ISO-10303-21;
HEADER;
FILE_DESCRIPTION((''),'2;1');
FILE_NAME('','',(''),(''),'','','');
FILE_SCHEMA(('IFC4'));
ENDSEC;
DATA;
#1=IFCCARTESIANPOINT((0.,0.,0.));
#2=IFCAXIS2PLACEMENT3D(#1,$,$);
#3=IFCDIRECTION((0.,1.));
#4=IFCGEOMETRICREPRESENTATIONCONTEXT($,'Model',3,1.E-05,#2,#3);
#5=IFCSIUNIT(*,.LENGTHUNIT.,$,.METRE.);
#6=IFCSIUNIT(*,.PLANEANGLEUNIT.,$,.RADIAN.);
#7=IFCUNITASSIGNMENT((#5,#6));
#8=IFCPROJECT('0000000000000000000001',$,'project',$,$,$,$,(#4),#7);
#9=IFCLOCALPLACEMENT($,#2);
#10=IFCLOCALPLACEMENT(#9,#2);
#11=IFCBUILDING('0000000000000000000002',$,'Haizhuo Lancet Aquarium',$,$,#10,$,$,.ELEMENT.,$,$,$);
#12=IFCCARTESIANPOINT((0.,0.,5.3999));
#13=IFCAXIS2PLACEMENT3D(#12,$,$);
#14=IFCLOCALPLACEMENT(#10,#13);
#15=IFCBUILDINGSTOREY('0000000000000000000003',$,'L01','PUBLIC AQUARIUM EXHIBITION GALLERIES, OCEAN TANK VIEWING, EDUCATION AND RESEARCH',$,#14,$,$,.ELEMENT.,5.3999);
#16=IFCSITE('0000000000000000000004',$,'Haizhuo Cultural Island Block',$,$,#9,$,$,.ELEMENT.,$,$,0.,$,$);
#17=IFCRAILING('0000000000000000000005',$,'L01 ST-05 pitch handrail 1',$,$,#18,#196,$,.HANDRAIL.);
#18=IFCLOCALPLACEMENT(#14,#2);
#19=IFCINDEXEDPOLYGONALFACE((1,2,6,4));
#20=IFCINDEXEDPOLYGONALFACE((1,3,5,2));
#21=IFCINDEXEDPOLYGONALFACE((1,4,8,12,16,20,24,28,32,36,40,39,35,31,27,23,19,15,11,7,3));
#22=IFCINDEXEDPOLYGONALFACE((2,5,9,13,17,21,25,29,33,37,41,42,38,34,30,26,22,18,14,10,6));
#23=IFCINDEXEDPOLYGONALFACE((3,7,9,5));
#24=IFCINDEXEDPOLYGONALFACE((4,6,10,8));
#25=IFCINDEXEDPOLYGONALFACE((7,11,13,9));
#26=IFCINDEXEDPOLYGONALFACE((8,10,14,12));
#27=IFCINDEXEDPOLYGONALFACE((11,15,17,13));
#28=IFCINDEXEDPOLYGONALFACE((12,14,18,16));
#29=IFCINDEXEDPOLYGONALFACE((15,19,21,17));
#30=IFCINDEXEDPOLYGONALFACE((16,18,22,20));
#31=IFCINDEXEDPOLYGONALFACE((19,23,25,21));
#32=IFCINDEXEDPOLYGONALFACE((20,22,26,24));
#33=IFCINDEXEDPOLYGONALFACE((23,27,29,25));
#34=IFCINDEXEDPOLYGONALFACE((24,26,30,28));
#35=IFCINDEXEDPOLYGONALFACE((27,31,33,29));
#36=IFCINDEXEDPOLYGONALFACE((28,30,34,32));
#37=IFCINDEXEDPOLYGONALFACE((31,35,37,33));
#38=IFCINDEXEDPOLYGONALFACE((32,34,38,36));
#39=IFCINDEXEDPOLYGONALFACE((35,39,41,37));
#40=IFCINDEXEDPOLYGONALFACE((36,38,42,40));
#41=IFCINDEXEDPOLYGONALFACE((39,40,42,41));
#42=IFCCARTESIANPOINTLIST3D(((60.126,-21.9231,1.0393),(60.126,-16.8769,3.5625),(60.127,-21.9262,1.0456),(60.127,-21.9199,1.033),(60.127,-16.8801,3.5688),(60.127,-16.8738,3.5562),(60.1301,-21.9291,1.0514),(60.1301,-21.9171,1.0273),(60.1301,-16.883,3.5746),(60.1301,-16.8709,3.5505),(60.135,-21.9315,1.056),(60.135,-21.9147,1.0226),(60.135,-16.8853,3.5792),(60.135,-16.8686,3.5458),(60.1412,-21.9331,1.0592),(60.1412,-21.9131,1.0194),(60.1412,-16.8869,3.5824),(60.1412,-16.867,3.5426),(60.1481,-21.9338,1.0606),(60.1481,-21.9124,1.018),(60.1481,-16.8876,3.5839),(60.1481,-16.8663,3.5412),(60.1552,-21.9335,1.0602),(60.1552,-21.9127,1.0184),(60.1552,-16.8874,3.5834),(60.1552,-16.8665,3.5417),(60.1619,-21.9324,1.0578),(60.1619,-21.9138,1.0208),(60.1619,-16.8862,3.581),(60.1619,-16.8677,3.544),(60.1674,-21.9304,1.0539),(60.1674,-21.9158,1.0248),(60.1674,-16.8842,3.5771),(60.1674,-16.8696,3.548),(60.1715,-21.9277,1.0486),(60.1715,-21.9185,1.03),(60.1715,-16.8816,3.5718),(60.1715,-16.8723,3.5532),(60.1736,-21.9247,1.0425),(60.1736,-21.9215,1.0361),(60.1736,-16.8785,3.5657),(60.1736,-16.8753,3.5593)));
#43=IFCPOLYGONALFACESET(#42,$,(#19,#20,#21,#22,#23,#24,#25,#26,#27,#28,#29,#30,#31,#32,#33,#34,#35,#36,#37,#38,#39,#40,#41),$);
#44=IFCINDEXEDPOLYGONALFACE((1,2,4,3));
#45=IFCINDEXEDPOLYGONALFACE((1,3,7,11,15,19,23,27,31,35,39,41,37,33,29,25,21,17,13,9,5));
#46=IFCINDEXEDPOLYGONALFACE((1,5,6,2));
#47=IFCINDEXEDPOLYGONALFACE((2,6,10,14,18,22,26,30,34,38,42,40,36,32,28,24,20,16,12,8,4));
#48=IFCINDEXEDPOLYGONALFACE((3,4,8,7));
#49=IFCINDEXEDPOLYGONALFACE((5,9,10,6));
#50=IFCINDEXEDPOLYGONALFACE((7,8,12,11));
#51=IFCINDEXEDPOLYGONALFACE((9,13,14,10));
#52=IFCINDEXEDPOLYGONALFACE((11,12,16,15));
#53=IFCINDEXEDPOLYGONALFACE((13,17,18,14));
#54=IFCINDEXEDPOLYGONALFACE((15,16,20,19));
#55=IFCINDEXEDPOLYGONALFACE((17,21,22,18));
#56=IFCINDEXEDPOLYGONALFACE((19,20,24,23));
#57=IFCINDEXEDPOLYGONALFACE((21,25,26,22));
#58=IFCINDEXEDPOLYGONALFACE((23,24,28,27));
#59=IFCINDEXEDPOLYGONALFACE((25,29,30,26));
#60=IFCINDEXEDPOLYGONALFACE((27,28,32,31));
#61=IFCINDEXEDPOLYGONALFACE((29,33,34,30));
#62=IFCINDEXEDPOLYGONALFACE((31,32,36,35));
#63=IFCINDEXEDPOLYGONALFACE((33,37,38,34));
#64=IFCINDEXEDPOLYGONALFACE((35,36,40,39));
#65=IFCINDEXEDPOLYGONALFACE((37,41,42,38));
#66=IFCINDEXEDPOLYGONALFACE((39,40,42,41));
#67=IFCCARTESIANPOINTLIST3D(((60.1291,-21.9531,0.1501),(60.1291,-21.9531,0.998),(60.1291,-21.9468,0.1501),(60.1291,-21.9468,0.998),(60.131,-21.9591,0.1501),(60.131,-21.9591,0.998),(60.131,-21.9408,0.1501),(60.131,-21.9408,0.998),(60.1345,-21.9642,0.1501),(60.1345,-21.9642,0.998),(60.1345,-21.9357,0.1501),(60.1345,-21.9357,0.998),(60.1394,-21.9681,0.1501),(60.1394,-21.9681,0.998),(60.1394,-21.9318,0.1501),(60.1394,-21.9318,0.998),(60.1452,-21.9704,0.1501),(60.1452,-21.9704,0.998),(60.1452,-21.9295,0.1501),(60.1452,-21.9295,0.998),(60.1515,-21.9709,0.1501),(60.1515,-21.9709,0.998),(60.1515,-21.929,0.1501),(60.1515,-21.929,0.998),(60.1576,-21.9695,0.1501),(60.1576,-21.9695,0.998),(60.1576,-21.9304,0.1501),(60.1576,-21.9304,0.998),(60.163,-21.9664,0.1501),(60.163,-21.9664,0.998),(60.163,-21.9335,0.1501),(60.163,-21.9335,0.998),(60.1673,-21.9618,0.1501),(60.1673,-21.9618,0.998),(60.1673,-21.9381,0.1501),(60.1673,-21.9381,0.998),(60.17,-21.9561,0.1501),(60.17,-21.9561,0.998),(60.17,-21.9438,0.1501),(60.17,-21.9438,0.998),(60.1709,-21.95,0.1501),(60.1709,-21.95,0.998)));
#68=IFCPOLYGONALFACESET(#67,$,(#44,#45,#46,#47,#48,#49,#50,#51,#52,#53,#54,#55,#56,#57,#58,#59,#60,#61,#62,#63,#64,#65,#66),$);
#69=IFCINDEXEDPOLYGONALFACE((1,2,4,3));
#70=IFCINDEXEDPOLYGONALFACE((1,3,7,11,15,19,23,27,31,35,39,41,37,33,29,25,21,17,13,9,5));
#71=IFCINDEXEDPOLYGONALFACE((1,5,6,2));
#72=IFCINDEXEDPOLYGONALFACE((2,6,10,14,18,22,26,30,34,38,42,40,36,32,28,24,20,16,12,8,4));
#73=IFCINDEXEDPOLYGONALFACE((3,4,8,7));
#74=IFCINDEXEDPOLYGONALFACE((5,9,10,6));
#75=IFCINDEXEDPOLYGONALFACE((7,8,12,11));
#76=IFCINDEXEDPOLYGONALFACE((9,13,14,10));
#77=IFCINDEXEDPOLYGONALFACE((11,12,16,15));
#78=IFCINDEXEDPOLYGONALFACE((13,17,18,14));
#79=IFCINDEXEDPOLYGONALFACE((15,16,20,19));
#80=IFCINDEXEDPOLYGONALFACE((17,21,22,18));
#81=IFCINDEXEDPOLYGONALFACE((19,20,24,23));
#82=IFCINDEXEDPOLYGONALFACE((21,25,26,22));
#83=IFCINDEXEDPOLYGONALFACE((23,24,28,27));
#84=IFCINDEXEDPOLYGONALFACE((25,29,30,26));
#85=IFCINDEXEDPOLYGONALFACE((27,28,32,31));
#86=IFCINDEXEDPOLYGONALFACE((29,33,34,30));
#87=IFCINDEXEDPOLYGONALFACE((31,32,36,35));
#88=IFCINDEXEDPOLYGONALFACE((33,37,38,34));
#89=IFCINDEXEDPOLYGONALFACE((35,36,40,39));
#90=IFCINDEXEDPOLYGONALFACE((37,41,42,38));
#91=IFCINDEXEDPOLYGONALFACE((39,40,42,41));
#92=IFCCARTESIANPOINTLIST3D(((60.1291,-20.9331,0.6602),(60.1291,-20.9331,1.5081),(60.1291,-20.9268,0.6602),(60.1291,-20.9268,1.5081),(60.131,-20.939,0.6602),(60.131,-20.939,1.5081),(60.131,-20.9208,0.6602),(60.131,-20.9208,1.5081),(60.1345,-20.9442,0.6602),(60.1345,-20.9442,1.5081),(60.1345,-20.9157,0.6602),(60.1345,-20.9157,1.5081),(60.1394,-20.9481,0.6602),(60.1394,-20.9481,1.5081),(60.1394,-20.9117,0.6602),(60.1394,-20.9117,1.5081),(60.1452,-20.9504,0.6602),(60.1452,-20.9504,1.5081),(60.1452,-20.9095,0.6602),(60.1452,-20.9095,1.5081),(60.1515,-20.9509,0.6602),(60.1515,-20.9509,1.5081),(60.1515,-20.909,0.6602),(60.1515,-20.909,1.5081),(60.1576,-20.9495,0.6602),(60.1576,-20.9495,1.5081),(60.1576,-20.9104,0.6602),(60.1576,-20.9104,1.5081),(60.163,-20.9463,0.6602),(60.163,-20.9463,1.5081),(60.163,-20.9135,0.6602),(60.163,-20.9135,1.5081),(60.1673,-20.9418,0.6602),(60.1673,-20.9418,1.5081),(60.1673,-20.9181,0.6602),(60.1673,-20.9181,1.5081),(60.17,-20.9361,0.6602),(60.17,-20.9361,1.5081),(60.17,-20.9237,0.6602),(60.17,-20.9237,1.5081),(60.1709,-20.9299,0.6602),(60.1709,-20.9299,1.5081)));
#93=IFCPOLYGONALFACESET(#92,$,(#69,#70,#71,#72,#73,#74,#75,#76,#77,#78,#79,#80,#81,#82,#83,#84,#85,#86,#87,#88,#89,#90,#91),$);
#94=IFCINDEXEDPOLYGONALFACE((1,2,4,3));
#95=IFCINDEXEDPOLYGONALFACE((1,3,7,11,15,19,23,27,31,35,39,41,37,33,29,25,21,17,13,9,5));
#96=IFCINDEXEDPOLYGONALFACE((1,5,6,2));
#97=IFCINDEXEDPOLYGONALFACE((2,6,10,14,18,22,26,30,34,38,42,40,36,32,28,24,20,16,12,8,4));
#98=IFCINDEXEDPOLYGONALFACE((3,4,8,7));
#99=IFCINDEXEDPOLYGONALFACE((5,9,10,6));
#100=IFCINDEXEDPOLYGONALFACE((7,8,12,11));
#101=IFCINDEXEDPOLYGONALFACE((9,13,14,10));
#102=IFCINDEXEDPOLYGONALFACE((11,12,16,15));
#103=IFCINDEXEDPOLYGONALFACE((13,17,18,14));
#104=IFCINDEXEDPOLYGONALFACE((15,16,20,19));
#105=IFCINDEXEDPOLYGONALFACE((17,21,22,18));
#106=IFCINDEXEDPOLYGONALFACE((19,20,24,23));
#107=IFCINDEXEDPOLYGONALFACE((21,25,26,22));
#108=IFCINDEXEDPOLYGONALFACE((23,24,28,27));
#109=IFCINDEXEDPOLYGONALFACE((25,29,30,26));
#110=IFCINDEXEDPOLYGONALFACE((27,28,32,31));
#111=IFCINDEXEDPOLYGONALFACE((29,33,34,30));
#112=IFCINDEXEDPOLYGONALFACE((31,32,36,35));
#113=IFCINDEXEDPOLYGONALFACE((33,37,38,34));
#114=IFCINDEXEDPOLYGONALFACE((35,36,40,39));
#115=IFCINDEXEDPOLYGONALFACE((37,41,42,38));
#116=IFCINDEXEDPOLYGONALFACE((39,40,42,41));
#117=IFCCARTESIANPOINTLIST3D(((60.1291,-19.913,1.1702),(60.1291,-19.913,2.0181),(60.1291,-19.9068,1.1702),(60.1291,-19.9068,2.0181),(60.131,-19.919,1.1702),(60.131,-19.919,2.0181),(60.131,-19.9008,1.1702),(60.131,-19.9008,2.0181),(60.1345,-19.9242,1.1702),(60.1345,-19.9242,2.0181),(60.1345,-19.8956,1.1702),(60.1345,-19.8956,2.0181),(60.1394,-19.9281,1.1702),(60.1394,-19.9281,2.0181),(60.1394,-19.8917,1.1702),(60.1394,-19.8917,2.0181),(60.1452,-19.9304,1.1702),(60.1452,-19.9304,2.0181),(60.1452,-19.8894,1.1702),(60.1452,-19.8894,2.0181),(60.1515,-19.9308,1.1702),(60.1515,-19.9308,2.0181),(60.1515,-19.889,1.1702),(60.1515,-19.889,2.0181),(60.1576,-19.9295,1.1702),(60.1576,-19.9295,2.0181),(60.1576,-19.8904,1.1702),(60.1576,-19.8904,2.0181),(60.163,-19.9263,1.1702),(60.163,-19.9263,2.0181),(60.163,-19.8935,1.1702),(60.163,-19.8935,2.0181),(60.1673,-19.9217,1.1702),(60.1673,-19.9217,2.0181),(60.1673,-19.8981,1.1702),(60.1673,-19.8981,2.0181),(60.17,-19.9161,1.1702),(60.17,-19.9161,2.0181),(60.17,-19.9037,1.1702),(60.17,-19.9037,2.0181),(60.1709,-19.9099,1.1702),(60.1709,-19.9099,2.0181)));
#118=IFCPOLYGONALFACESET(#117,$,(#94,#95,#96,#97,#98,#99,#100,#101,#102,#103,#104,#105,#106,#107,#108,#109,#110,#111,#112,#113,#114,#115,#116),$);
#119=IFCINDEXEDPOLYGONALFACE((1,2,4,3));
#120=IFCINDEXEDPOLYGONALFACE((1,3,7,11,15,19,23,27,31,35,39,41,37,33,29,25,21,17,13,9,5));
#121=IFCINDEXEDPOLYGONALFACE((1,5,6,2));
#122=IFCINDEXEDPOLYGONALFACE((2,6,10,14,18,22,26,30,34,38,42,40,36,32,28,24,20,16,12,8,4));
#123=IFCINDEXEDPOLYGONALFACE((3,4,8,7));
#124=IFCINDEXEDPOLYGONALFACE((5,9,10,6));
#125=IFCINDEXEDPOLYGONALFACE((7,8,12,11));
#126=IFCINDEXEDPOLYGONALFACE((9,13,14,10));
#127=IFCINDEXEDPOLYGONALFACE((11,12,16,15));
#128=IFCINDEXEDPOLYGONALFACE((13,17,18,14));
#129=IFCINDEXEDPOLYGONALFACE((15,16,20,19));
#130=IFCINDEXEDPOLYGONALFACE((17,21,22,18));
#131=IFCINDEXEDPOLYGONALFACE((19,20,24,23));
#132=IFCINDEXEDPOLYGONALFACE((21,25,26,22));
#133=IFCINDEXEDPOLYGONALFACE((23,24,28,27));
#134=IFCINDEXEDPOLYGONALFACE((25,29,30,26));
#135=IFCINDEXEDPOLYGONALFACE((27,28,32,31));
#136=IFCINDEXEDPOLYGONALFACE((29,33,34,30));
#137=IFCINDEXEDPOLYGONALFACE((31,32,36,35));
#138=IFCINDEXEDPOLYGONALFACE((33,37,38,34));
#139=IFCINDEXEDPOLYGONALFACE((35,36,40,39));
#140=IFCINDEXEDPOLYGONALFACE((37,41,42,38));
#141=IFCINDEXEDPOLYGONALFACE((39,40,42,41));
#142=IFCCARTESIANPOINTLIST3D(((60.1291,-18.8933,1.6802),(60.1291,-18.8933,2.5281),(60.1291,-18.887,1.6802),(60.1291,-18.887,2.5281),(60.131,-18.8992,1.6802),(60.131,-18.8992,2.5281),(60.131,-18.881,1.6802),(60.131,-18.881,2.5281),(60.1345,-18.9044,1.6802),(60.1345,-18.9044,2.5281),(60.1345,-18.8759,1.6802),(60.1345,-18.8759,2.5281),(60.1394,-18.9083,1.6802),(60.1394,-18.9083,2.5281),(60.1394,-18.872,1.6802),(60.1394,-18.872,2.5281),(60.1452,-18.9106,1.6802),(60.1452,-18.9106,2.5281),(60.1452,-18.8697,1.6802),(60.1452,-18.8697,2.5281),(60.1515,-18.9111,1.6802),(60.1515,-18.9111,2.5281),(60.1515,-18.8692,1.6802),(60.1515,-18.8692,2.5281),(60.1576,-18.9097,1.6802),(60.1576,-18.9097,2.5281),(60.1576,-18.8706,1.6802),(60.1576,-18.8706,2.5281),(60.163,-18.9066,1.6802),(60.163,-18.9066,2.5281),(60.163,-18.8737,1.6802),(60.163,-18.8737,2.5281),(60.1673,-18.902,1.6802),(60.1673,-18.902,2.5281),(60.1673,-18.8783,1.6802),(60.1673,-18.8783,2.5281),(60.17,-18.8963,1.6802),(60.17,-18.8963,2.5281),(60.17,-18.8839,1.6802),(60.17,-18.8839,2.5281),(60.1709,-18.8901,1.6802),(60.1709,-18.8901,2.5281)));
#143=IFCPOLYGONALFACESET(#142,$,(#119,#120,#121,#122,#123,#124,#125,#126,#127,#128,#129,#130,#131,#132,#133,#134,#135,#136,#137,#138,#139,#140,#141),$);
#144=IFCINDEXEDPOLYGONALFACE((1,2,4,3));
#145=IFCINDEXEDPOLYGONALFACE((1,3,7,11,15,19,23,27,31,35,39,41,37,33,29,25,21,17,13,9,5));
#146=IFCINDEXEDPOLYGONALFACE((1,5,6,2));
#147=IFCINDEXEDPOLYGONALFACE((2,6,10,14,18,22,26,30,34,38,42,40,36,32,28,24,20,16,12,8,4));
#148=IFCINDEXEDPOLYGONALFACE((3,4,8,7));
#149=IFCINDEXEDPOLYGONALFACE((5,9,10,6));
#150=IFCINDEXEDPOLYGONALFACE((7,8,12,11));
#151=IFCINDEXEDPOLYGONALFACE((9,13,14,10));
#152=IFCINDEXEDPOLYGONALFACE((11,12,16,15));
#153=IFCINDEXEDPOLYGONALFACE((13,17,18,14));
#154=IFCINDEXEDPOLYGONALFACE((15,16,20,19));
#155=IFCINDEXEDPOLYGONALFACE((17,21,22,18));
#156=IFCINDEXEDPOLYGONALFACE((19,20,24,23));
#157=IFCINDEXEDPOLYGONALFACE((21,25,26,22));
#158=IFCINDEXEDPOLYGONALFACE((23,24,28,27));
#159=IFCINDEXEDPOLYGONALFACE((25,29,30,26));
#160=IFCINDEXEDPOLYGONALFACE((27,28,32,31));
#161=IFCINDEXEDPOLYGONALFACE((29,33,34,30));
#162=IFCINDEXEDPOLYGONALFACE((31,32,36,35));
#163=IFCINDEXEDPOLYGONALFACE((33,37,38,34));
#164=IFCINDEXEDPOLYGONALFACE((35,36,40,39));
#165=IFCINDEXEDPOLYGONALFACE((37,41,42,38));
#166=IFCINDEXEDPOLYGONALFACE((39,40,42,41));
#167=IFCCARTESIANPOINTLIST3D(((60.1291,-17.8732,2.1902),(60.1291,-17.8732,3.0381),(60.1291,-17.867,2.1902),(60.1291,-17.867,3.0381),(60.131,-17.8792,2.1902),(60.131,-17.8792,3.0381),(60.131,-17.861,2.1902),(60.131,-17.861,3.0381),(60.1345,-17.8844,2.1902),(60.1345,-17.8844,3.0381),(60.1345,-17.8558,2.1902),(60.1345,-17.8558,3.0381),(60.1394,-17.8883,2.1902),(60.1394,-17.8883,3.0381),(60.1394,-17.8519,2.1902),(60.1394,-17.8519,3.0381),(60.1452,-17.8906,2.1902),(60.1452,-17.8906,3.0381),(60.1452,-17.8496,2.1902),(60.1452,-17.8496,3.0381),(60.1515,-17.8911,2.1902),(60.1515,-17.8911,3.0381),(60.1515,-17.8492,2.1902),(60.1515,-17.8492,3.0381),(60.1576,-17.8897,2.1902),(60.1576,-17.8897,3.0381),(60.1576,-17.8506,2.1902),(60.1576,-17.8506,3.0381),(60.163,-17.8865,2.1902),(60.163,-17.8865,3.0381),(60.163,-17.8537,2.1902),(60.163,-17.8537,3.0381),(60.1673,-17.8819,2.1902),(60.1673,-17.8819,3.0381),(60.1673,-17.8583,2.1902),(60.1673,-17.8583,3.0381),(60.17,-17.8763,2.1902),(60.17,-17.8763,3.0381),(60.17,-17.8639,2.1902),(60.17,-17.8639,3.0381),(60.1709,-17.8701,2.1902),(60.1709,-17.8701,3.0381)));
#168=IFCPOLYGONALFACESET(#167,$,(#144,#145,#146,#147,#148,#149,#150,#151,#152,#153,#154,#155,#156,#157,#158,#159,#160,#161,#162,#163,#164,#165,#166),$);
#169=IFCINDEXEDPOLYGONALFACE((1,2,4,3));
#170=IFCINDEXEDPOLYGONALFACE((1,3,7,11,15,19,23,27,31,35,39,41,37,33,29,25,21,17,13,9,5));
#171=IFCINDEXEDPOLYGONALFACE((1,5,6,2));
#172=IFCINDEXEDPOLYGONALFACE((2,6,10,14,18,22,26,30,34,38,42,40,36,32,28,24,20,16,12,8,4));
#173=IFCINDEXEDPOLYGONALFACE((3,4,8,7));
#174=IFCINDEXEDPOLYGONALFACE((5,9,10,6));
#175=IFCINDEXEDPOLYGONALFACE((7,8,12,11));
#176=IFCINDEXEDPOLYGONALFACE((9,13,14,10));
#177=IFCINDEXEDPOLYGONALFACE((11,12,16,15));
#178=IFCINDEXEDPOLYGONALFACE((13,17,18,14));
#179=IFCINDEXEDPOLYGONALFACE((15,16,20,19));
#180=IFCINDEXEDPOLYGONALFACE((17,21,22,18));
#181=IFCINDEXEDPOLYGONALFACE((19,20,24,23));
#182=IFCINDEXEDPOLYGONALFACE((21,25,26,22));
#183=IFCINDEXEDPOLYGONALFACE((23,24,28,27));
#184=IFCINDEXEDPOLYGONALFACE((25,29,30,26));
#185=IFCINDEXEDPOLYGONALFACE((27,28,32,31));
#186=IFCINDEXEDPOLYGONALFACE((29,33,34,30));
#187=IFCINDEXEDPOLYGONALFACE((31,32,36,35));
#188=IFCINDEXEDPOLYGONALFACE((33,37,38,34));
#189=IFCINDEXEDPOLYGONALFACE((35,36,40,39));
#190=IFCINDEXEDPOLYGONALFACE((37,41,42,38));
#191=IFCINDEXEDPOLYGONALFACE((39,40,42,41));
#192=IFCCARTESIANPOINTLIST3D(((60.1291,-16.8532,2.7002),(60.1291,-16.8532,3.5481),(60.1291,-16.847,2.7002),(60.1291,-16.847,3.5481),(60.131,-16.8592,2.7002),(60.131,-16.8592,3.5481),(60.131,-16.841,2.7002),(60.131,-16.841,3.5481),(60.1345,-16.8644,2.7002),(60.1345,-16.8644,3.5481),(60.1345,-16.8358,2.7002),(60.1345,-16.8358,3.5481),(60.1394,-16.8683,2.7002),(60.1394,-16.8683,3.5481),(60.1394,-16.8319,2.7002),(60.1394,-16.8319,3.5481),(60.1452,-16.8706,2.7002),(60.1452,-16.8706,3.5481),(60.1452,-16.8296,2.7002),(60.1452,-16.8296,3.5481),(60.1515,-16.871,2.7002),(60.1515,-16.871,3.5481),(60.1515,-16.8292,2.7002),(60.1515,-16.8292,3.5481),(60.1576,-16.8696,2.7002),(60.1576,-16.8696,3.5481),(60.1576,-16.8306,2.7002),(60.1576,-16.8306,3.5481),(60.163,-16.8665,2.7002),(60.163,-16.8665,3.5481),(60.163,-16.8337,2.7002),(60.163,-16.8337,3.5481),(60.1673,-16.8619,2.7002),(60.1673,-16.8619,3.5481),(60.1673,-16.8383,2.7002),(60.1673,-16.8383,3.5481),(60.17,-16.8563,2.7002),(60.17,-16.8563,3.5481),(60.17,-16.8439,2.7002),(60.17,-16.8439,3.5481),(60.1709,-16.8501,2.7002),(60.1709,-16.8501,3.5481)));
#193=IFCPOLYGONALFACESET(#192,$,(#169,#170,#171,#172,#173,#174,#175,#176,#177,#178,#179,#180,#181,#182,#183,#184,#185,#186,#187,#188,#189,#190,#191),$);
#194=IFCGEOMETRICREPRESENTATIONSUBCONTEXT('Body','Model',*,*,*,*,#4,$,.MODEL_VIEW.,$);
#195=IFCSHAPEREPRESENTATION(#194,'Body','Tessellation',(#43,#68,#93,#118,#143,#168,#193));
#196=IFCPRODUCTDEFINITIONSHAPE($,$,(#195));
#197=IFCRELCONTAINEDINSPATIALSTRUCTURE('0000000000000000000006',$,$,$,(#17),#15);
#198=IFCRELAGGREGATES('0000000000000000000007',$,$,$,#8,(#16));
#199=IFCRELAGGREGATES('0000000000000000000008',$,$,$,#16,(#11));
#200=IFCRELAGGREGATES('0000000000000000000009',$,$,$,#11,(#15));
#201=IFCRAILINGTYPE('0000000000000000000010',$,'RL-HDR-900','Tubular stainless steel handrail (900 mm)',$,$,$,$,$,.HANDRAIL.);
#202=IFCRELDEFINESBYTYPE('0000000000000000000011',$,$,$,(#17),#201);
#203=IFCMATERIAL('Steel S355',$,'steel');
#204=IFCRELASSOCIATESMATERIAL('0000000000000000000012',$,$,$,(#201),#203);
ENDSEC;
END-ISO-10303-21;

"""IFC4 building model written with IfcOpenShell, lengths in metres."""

from ifc_helpers import new_model, si_unit, direction, frame, origin, origin_2d, place, context, subcontext, project, spatial, circle, extrude, material, type_object, element, save


model = new_model("IFC4")

# Units and contexts
model_context = context("Model", 3, precision=1e-05, world=origin(), true_north=direction((0.0, 1.0)))
body_context = subcontext(model_context, "Body", "Model", "MODEL_VIEW")
ifc_project = project(units=[si_unit("LENGTHUNIT", "METRE"), si_unit("PLANEANGLEUNIT", "RADIAN")], contexts=[model_context])

# Site, building, storey
site_placement = place(None, origin())
site = spatial("IfcSite", under=ifc_project, at=site_placement, Name="Haizhuo Cultural Island Block", CompositionType="ELEMENT", RefElevation=0.0)
building_placement = place(site_placement, origin())
building = spatial("IfcBuilding", under=site, at=building_placement, Name="Haizhuo Lancet Aquarium", CompositionType="ELEMENT")
storey_placement = place(building_placement, frame((0.0, 0.0, 5.3999)))
storey = spatial("IfcBuildingStorey", under=building, at=storey_placement, Name="L01", Description="PUBLIC AQUARIUM EXHIBITION GALLERIES, OCEAN TANK VIEWING, EDUCATION AND RESEARCH", CompositionType="ELEMENT", Elevation=5.3999)

# Shared definitions
ifc_material_1 = material(Name="Steel S355", Category="steel")

# Railing
railing_type_1 = type_object("IfcRailingType", Name="RL-HDR-900", Description="Tubular stainless steel handrail (900 mm)", PredefinedType="HANDRAIL", material=ifc_material_1)
railing_1_placement = place(storey_placement, frame((60.1499, -21.95, 0.1501)))
element("IfcRailing", 1, at=railing_1_placement, inside=storey, type_object=railing_type_1, Name="L01 ST-05 pitch handrail 1", PredefinedType="HANDRAIL", context=body_context, shape_type="SweptSolid", body=[
    extrude(circle(Radius=0.0239, at=origin_2d()), frame((0.0, 0.0269, 0.8892), z_axis=(0.0, 0.894419, 0.447231), x_axis=(-1.0, 0.0, 0.0)), (0.0, 0.0, 1.0), 5.6418),
    extrude(circle(Radius=0.021, at=origin_2d()), origin(), (0.0, 0.0, 1.0), 0.8479),
    extrude(circle(Radius=0.021, at=origin_2d()), frame((0.0, 1.02, 0.51)), (0.0, 0.0, 1.0), 0.8479),
    extrude(circle(Radius=0.021, at=origin_2d()), frame((0.0, 2.04, 1.02)), (0.0, 0.0, 1.0), 0.8479),
    extrude(circle(Radius=0.021, at=origin_2d()), frame((0.0, 3.0598, 1.53)), (0.0, 0.0, 1.0), 0.8479),
    extrude(circle(Radius=0.021, at=origin_2d()), frame((0.0, 4.0798, 2.04)), (0.0, 0.0, 1.0), 0.8479),
    extrude(circle(Radius=0.021, at=origin_2d()), frame((0.0, 5.0999, 2.55)), (0.0, 0.0, 1.0), 0.8479),
])

save(model, "model.ifc")
